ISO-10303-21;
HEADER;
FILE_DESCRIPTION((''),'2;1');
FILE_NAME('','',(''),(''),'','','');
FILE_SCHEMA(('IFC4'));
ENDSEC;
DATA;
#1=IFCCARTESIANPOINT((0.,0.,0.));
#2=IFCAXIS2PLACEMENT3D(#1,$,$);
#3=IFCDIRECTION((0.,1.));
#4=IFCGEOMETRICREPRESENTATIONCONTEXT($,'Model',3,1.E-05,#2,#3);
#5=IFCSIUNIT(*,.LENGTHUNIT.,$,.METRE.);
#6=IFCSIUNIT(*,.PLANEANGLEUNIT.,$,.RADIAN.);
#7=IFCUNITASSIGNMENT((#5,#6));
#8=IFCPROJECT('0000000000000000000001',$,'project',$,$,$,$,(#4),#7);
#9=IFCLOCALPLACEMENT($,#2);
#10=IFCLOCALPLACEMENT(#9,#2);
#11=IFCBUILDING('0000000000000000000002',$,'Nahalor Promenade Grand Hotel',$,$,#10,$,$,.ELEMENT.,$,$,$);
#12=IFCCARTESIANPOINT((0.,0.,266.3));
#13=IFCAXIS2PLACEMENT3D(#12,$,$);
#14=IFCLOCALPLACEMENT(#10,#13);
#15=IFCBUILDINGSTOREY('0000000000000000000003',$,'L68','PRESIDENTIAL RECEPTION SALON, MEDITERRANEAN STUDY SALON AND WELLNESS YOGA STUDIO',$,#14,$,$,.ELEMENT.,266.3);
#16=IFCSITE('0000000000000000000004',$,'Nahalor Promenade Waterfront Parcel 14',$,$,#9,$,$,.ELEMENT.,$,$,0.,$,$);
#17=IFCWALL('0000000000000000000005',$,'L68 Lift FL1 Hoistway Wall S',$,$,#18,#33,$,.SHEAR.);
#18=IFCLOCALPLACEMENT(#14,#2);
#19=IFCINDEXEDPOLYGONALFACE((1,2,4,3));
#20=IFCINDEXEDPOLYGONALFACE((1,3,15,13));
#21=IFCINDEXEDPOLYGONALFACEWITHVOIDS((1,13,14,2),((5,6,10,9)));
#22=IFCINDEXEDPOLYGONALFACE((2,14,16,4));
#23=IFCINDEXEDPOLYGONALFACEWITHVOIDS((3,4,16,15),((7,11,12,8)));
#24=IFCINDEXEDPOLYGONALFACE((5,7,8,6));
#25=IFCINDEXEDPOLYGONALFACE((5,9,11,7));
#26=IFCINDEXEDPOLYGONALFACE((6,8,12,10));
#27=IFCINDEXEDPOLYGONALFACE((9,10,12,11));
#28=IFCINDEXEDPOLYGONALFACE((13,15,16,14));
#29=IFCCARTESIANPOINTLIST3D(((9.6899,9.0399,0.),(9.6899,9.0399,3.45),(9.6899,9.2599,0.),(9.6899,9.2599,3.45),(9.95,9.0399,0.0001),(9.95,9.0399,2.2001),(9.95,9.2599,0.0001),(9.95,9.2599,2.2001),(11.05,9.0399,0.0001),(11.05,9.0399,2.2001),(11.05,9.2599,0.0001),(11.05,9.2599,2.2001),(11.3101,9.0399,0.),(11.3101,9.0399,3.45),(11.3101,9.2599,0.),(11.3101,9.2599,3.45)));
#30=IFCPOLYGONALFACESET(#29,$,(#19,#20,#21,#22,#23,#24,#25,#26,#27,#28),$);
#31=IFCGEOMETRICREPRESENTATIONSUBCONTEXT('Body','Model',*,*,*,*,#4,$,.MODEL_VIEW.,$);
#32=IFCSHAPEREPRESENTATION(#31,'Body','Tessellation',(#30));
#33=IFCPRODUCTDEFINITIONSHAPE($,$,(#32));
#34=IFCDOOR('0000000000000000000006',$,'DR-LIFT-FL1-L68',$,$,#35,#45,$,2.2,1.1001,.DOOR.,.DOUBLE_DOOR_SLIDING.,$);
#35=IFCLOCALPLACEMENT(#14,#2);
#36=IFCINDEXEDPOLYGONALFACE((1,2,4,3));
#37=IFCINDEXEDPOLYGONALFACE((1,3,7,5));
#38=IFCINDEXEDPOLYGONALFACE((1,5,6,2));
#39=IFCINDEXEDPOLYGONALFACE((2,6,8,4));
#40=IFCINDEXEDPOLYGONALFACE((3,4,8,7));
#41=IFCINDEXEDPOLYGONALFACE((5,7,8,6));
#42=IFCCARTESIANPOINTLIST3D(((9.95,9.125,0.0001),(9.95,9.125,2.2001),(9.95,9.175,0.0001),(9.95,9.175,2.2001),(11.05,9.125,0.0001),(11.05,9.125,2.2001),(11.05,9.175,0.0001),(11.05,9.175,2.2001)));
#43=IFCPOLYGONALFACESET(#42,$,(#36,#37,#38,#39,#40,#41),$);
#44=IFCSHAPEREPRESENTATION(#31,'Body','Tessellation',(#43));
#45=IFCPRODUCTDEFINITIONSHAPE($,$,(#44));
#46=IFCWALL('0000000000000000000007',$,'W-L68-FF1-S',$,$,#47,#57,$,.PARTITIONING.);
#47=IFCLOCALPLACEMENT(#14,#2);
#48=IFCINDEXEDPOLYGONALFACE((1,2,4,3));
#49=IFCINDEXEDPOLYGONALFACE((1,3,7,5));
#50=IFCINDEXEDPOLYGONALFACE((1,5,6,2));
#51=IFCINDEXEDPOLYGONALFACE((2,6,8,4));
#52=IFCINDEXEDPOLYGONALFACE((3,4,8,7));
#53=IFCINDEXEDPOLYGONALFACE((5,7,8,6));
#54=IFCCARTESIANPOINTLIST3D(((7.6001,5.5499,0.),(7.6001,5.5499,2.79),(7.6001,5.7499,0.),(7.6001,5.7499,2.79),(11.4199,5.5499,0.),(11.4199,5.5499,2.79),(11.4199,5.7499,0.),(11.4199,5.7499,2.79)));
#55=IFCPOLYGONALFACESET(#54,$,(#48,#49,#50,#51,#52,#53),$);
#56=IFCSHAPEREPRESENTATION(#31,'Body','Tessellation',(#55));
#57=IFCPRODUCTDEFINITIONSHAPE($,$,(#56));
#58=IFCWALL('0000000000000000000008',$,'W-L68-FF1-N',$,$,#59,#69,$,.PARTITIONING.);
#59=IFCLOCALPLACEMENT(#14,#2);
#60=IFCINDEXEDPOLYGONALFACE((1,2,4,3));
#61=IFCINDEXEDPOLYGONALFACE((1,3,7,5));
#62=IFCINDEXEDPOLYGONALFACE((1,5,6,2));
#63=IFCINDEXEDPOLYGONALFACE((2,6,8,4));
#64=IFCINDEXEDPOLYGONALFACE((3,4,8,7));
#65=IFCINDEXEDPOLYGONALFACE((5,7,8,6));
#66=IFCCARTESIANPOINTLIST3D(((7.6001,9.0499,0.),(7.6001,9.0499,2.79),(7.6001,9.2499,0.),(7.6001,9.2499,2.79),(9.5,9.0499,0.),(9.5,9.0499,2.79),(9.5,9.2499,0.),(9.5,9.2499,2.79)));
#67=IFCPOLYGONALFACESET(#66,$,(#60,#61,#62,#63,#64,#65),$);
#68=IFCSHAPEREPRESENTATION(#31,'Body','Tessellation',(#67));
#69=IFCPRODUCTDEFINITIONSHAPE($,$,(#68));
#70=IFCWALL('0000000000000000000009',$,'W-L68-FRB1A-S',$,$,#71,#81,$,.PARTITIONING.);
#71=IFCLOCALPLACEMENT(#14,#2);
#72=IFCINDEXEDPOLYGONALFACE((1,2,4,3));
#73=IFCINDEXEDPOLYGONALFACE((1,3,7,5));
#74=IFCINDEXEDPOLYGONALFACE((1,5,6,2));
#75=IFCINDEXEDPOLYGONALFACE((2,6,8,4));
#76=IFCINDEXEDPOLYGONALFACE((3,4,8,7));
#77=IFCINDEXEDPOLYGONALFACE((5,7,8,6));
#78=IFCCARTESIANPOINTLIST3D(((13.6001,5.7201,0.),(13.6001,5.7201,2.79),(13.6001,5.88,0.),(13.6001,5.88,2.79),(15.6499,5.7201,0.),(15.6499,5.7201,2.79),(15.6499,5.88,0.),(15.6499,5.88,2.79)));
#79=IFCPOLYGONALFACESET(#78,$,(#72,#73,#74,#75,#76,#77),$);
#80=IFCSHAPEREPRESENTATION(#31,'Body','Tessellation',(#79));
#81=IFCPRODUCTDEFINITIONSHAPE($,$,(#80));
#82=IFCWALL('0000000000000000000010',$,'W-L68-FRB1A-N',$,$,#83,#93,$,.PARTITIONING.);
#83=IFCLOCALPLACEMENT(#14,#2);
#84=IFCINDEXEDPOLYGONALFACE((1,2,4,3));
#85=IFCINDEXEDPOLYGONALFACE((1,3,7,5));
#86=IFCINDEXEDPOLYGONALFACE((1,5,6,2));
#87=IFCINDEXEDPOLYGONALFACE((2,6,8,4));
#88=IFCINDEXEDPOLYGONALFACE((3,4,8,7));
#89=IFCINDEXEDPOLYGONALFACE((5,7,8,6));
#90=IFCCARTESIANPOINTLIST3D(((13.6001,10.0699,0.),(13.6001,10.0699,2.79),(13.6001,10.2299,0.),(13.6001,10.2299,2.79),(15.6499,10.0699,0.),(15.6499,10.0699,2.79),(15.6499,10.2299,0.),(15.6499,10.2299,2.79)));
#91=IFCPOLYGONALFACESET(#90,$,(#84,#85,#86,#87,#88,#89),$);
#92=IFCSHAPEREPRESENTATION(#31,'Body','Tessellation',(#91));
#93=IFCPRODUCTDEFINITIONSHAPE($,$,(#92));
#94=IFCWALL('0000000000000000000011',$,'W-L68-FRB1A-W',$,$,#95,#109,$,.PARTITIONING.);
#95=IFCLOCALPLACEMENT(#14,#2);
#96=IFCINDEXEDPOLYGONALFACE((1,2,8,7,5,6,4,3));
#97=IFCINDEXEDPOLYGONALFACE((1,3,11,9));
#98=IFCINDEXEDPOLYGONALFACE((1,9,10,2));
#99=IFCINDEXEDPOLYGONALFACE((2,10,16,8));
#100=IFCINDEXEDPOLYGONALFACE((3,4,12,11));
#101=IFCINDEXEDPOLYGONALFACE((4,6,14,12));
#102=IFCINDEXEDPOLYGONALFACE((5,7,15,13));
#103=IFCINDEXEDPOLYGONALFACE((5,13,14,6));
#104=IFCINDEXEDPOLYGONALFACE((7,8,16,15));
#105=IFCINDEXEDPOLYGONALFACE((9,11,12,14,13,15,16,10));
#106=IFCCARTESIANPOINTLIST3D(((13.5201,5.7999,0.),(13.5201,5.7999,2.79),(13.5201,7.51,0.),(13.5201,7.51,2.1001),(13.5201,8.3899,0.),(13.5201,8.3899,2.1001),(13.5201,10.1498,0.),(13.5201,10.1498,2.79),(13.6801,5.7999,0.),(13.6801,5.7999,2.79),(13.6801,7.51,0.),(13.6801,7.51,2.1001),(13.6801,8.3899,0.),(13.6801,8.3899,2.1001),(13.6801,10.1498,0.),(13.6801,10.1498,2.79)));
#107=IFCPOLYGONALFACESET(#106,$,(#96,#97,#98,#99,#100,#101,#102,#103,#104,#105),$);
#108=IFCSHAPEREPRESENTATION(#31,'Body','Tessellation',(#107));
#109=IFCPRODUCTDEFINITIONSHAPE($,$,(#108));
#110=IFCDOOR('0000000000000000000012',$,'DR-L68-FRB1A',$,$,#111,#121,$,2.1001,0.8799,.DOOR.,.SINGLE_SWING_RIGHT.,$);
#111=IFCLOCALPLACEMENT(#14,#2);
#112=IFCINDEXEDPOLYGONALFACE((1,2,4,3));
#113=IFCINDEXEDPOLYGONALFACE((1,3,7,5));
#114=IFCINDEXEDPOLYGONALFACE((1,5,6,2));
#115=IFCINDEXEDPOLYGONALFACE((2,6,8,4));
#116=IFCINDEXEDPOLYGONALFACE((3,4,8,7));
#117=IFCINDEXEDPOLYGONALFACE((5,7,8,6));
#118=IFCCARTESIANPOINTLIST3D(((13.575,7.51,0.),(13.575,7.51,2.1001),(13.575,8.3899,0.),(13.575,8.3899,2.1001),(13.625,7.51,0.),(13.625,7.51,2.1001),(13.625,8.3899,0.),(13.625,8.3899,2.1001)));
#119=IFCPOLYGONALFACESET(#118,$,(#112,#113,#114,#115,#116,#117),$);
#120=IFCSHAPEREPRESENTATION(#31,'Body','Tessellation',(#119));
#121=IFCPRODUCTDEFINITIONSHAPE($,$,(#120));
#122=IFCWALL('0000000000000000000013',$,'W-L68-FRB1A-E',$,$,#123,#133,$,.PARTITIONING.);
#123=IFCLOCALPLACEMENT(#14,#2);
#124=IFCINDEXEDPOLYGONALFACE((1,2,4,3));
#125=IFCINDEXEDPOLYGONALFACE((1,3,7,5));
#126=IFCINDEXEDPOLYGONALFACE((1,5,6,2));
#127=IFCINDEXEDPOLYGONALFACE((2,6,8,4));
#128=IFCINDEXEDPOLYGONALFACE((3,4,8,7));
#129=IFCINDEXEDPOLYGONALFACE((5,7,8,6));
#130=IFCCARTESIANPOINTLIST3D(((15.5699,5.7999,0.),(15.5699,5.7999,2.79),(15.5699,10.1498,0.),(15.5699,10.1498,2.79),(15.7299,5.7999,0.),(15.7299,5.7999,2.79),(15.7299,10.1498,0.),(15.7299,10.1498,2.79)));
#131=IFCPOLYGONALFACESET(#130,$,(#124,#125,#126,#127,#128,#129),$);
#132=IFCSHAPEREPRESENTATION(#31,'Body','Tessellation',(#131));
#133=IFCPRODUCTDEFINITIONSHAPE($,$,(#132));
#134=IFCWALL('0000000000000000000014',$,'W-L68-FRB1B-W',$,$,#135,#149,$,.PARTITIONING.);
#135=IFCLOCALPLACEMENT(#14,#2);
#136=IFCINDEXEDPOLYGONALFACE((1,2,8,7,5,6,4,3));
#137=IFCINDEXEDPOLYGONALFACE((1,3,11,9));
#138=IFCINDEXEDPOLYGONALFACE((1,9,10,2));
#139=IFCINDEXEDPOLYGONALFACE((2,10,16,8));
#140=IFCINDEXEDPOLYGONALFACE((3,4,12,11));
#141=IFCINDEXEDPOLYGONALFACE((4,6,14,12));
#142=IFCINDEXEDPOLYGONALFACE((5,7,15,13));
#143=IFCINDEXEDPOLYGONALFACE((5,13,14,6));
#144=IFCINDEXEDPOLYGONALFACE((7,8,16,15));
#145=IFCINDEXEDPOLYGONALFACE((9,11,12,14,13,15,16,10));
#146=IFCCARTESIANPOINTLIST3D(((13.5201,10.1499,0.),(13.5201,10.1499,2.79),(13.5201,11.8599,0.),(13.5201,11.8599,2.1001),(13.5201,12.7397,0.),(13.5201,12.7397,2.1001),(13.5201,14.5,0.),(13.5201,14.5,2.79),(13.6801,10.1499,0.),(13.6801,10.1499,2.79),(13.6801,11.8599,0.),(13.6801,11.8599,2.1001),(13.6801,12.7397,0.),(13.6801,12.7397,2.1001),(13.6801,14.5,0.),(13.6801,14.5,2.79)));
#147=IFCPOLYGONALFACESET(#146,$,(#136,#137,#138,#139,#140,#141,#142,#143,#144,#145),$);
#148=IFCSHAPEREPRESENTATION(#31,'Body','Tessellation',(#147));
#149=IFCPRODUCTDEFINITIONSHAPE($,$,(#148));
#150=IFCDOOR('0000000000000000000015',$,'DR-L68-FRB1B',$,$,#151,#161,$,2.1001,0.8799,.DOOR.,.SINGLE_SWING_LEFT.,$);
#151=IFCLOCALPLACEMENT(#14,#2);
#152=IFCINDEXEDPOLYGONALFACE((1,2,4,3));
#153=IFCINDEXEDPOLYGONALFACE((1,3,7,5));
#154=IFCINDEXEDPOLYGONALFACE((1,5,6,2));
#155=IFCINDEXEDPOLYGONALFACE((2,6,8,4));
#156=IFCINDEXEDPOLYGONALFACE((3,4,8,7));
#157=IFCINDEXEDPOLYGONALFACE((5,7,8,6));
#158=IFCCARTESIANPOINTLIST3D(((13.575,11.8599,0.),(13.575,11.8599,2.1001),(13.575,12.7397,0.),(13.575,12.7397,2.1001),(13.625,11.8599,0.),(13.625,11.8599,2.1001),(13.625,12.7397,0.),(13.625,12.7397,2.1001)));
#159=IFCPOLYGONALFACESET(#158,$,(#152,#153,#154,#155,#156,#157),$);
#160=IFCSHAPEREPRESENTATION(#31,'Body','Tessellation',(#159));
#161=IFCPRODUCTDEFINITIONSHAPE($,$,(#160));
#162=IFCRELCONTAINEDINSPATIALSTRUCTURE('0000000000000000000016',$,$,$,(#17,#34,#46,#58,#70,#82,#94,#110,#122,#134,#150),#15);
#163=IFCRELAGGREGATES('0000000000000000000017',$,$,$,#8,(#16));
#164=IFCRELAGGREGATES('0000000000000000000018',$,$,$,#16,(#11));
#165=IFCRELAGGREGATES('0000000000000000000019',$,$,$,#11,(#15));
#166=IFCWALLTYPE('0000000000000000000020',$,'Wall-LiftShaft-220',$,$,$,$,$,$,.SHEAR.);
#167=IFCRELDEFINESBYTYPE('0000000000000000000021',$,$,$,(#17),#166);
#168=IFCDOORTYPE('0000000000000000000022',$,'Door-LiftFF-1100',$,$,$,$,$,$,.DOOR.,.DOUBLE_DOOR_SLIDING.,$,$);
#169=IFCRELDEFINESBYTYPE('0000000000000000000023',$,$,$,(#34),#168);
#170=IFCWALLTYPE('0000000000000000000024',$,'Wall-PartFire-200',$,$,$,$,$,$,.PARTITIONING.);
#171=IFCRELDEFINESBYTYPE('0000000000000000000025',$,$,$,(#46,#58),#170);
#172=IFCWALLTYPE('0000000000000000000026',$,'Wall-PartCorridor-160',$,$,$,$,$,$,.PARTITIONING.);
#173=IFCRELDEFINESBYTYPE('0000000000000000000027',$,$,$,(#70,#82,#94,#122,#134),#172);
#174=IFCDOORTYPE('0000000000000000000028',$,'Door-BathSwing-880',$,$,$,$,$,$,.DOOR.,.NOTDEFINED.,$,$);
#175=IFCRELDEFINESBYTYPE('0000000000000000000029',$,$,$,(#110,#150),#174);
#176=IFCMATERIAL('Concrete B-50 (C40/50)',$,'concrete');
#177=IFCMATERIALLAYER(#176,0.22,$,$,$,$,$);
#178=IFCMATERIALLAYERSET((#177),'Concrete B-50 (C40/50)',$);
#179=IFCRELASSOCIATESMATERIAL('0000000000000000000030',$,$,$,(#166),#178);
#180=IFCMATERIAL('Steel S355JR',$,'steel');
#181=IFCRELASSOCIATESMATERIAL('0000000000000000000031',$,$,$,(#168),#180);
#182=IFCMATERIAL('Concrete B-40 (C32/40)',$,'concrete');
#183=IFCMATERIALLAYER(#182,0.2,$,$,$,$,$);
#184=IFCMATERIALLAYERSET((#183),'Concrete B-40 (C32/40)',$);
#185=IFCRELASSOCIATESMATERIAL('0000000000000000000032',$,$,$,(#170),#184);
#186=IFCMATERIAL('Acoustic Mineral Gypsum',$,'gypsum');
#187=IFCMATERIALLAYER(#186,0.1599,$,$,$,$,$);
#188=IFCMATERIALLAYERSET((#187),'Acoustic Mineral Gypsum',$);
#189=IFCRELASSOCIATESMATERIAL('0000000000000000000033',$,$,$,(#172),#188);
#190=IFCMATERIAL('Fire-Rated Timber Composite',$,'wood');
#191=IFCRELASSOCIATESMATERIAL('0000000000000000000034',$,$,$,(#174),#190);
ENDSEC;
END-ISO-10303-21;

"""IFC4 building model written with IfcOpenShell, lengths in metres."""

from ifc_helpers import new_model, si_unit, direction, frame, frame_2d, origin, place, context, subcontext, project, spatial, rectangle, extrude, source, transform, mapped, material, layer, layer_set, type_object, element, fill, save


model = new_model("IFC4")

# Units and contexts
model_context = context("Model", 3, precision=1e-05, world=origin(), true_north=direction((0.0, 1.0)))
body_context = subcontext(model_context, "Body", "Model", "MODEL_VIEW")
ifc_project = project(units=[si_unit("LENGTHUNIT", "METRE"), si_unit("PLANEANGLEUNIT", "RADIAN")], contexts=[model_context])

# Site, building, storey
site_placement = place(None, origin())
site = spatial("IfcSite", under=ifc_project, at=site_placement, Name="Nahalor Promenade Waterfront Parcel 14", CompositionType="ELEMENT", RefElevation=0.0)
building_placement = place(site_placement, origin())
building = spatial("IfcBuilding", under=site, at=building_placement, Name="Nahalor Promenade Grand Hotel", CompositionType="ELEMENT")
storey_placement = place(building_placement, frame((0.0, 0.0, 266.3)))
storey = spatial("IfcBuildingStorey", under=building, at=storey_placement, Name="L68", Description="PRESIDENTIAL RECEPTION SALON, MEDITERRANEAN STUDY SALON AND WELLNESS YOGA STUDIO", CompositionType="ELEMENT", Elevation=266.3)

# Shared definitions
ifc_material_1 = material(Name="Steel S355JR", Category="steel")

# Shared definitions
ifc_material_2 = material(Name="Concrete B-50 (C40/50)", Category="concrete")

# Shared definitions
ifc_layer_1 = layer(ifc_material_2, 0.22)
ifc_layer_set_1 = layer_set([ifc_layer_1], Name="Concrete B-50 (C40/50)")
wall_type_1 = type_object("IfcWallType", Name="Wall-LiftShaft-220", PredefinedType="SHEAR", material=ifc_layer_set_1)

# Wall, opening, door
shared_shape_1 = source(origin(), body_context, "Body", "SweptSolid", [
    extrude(rectangle(XDim=1.6201, YDim=0.22, at=frame_2d((0.8101, 0.0))), origin(), (0.0, 0.0, 1.0), 3.45),
])
wall_1_placement = place(storey_placement, frame((9.6899, 9.1499, 0.0), z_axis=(0.0, 0.0, 1.0), x_axis=(1.0, 0.0, 0.0)))
wall_1 = element("IfcWall", 1, at=wall_1_placement, inside=storey, type_object=wall_type_1, Name="L68 Lift FL1 Hoistway Wall S", PredefinedType="SHEAR", context=body_context, shape_type="MappedRepresentation", body=[
    mapped(shared_shape_1, transform((0.0, 0.0, 0.0), scale=1.0)),
])
opening_1_placement = place(wall_1_placement, frame((0.26, 0.0, 0.0)))
opening_1 = element("IfcOpeningElement", 2, at=opening_1_placement, cuts=wall_1, PredefinedType="OPENING", context=body_context, shape_type="SweptSolid", body=[
    extrude(rectangle(XDim=1.1001, YDim=2.2, at=frame_2d((0.55, 1.1001))), frame((0.0, 0.1199, 0.0), z_axis=(0.0, -1.0, 0.0), x_axis=(1.0, 0.0, 0.0)), (0.0, 0.0, 1.0), 0.24),
])
door_type_1 = type_object("IfcDoorType", Name="Door-LiftFF-1100", OperationType="DOUBLE_DOOR_SLIDING", PredefinedType="DOOR", material=ifc_material_1)
shared_shape_2 = source(origin(), body_context, "Body", "SweptSolid", [
    extrude(rectangle(XDim=1.1001, YDim=2.2, at=frame_2d((0.55, 1.1001))), frame((0.0, 0.0249, 0.0), z_axis=(0.0, -1.0, 0.0), x_axis=(1.0, 0.0, 0.0)), (0.0, 0.0, 1.0), 0.05),
])
door_1_placement = place(opening_1_placement, frame((1.1001, 0.0, 0.0), z_axis=(0.0, 0.0, 1.0), x_axis=(-1.0, 0.0, 0.0)))
door_1 = element("IfcDoor", 3, at=door_1_placement, inside=storey, type_object=door_type_1, Name="DR-LIFT-FL1-L68", OperationType="DOUBLE_DOOR_SLIDING", OverallHeight=2.2, OverallWidth=1.1001, PredefinedType="DOOR", context=body_context, shape_type="MappedRepresentation", body=[
    mapped(shared_shape_2, transform((0.0, 0.0, 0.0), scale=1.0)),
])
fill(opening_1, door_1)

# Walls
ifc_material_3 = material(Name="Concrete B-40 (C32/40)", Category="concrete")
ifc_layer_2 = layer(ifc_material_3, 0.2)
ifc_layer_set_2 = layer_set([ifc_layer_2], Name="Concrete B-40 (C32/40)")
wall_type_2 = type_object("IfcWallType", Name="Wall-PartFire-200", PredefinedType="PARTITIONING", material=ifc_layer_set_2)
shared_shape_3 = source(origin(), body_context, "Body", "SweptSolid", [
    extrude(rectangle(XDim=3.8198, YDim=0.2, at=frame_2d((1.9099, 0.0))), origin(), (0.0, 0.0, 1.0), 2.79),
])
wall_2_placement = place(storey_placement, frame((7.6001, 5.6499, 0.0), z_axis=(0.0, 0.0, 1.0), x_axis=(1.0, 0.0, 0.0)))
element("IfcWall", 4, at=wall_2_placement, inside=storey, type_object=wall_type_2, Name="W-L68-FF1-S", PredefinedType="PARTITIONING", context=body_context, shape_type="MappedRepresentation", body=[
    mapped(shared_shape_3, transform((0.0, 0.0, 0.0), scale=1.0)),
])
shared_shape_4 = source(origin(), body_context, "Body", "SweptSolid", [
    extrude(rectangle(XDim=1.8999, YDim=0.2, at=frame_2d((0.95, 0.0))), origin(), (0.0, 0.0, 1.0), 2.79),
])
wall_3_placement = place(storey_placement, frame((7.6001, 9.1499, 0.0), z_axis=(0.0, 0.0, 1.0), x_axis=(1.0, 0.0, 0.0)))
element("IfcWall", 5, at=wall_3_placement, inside=storey, type_object=wall_type_2, Name="W-L68-FF1-N", PredefinedType="PARTITIONING", context=body_context, shape_type="MappedRepresentation", body=[
    mapped(shared_shape_4, transform((0.0, 0.0, 0.0), scale=1.0)),
])

# Walls
ifc_material_4 = material(Name="Acoustic Mineral Gypsum", Category="gypsum")
ifc_layer_3 = layer(ifc_material_4, 0.1599)
ifc_layer_set_3 = layer_set([ifc_layer_3], Name="Acoustic Mineral Gypsum")
wall_type_3 = type_object("IfcWallType", Name="Wall-PartCorridor-160", PredefinedType="PARTITIONING", material=ifc_layer_set_3)
shared_shape_5 = source(origin(), body_context, "Body", "SweptSolid", [
    extrude(rectangle(XDim=2.0498, YDim=0.1599, at=frame_2d((1.0249, 0.0))), origin(), (0.0, 0.0, 1.0), 2.79),
])
for number, where, z_axis, x_axis, name in (
    (6, (13.6001, 5.8, 0.0), (0.0, 0.0, 1.0), (1.0, 0.0, 0.0), "W-L68-FRB1A-S"),
    (7, (13.6001, 10.1499, 0.0), (0.0, 0.0, 1.0), (1.0, 0.0, 0.0), "W-L68-FRB1A-N"),
):
    element("IfcWall", number, at=place(storey_placement, frame(where, z_axis=z_axis, x_axis=x_axis)), inside=storey, type_object=wall_type_3, Name=name, PredefinedType="PARTITIONING", context=body_context, shape_type="MappedRepresentation", body=[
        mapped(shared_shape_5, transform((0.0, 0.0, 0.0), scale=1.0)),
    ])

# Wall, opening, door
shared_shape_6 = source(origin(), body_context, "Body", "SweptSolid", [
    extrude(rectangle(XDim=4.3499, YDim=0.1599, at=frame_2d((2.1748, 0.0))), origin(), (0.0, 0.0, 1.0), 2.79),
])
wall_4_placement = place(storey_placement, frame((13.6001, 5.8, 0.0), z_axis=(0.0, 0.0, 1.0), x_axis=(0.0, 1.0, 0.0)))
wall_4 = element("IfcWall", 8, at=wall_4_placement, inside=storey, type_object=wall_type_3, Name="W-L68-FRB1A-W", PredefinedType="PARTITIONING", context=body_context, shape_type="MappedRepresentation", body=[
    mapped(shared_shape_6, transform((0.0, 0.0, 0.0), scale=1.0)),
])
opening_2_placement = place(wall_4_placement, frame((1.71, 0.0, 0.0)))
opening_2 = element("IfcOpeningElement", 9, at=opening_2_placement, cuts=wall_4, PredefinedType="OPENING", context=body_context, shape_type="SweptSolid", body=[
    extrude(rectangle(XDim=0.8799, YDim=2.1001, at=frame_2d((0.4399, 1.05))), frame((0.0, 0.0898, 0.0), z_axis=(0.0, -1.0, 0.0), x_axis=(1.0, 0.0, 0.0)), (0.0, 0.0, 1.0), 0.1799),
])
ifc_material_5 = material(Name="Fire-Rated Timber Composite", Category="wood")
door_type_2 = type_object("IfcDoorType", Name="Door-BathSwing-880", OperationType="NOTDEFINED", PredefinedType="DOOR", material=ifc_material_5)
shared_shape_7 = source(origin(), body_context, "Body", "SweptSolid", [
    extrude(rectangle(XDim=0.8799, YDim=2.1001, at=frame_2d((0.4399, 1.05))), frame((0.0, 0.0249, 0.0), z_axis=(0.0, -1.0, 0.0), x_axis=(1.0, 0.0, 0.0)), (0.0, 0.0, 1.0), 0.05),
])
door_2_placement = place(opening_2_placement, frame((0.8799, 0.0, 0.0), z_axis=(0.0, 0.0, 1.0), x_axis=(-1.0, 0.0, 0.0)))
door_2 = element("IfcDoor", 10, at=door_2_placement, inside=storey, type_object=door_type_2, Name="DR-L68-FRB1A", OperationType="SINGLE_SWING_RIGHT", OverallHeight=2.1001, OverallWidth=0.8799, PredefinedType="DOOR", context=body_context, shape_type="MappedRepresentation", body=[
    mapped(shared_shape_7, transform((0.0, 0.0, 0.0), scale=1.0)),
])
fill(opening_2, door_2)

# Wall
wall_5_placement = place(storey_placement, frame((15.6499, 5.8, 0.0), z_axis=(0.0, 0.0, 1.0), x_axis=(0.0, 1.0, 0.0)))
element("IfcWall", 11, at=wall_5_placement, inside=storey, type_object=wall_type_3, Name="W-L68-FRB1A-E", PredefinedType="PARTITIONING", context=body_context, shape_type="MappedRepresentation", body=[
    mapped(shared_shape_6, transform((0.0, 0.0, 0.0), scale=1.0)),
])

# Wall, opening, door
shared_shape_8 = source(origin(), body_context, "Body", "SweptSolid", [
    extrude(rectangle(XDim=4.3501, YDim=0.1599, at=frame_2d((2.175, 0.0))), origin(), (0.0, 0.0, 1.0), 2.79),
])
wall_6_placement = place(storey_placement, frame((13.6001, 10.1499, 0.0), z_axis=(0.0, 0.0, 1.0), x_axis=(0.0, 1.0, 0.0)))
wall_6 = element("IfcWall", 12, at=wall_6_placement, inside=storey, type_object=wall_type_3, Name="W-L68-FRB1B-W", PredefinedType="PARTITIONING", context=body_context, shape_type="MappedRepresentation", body=[
    mapped(shared_shape_8, transform((0.0, 0.0, 0.0), scale=1.0)),
])
opening_3_placement = place(wall_6_placement, frame((1.71, 0.0, 0.0)))
opening_3 = element("IfcOpeningElement", 13, at=opening_3_placement, cuts=wall_6, PredefinedType="OPENING", context=body_context, shape_type="SweptSolid", body=[
    extrude(rectangle(XDim=0.8799, YDim=2.1001, at=frame_2d((0.4399, 1.05))), frame((0.0, 0.0898, 0.0), z_axis=(0.0, -1.0, 0.0), x_axis=(1.0, 0.0, 0.0)), (0.0, 0.0, 1.0), 0.1799),
])
door_3_placement = place(opening_3_placement, frame((0.8799, 0.0, 0.0), z_axis=(0.0, 0.0, 1.0), x_axis=(-1.0, 0.0, 0.0)))
door_3 = element("IfcDoor", 14, at=door_3_placement, inside=storey, type_object=door_type_2, Name="DR-L68-FRB1B", OperationType="SINGLE_SWING_LEFT", OverallHeight=2.1001, OverallWidth=0.8799, PredefinedType="DOOR", context=body_context, shape_type="MappedRepresentation", body=[
    mapped(shared_shape_7, transform((0.0, 0.0, 0.0), scale=1.0)),
])
fill(opening_3, door_3)

save(model, "model.ifc")
